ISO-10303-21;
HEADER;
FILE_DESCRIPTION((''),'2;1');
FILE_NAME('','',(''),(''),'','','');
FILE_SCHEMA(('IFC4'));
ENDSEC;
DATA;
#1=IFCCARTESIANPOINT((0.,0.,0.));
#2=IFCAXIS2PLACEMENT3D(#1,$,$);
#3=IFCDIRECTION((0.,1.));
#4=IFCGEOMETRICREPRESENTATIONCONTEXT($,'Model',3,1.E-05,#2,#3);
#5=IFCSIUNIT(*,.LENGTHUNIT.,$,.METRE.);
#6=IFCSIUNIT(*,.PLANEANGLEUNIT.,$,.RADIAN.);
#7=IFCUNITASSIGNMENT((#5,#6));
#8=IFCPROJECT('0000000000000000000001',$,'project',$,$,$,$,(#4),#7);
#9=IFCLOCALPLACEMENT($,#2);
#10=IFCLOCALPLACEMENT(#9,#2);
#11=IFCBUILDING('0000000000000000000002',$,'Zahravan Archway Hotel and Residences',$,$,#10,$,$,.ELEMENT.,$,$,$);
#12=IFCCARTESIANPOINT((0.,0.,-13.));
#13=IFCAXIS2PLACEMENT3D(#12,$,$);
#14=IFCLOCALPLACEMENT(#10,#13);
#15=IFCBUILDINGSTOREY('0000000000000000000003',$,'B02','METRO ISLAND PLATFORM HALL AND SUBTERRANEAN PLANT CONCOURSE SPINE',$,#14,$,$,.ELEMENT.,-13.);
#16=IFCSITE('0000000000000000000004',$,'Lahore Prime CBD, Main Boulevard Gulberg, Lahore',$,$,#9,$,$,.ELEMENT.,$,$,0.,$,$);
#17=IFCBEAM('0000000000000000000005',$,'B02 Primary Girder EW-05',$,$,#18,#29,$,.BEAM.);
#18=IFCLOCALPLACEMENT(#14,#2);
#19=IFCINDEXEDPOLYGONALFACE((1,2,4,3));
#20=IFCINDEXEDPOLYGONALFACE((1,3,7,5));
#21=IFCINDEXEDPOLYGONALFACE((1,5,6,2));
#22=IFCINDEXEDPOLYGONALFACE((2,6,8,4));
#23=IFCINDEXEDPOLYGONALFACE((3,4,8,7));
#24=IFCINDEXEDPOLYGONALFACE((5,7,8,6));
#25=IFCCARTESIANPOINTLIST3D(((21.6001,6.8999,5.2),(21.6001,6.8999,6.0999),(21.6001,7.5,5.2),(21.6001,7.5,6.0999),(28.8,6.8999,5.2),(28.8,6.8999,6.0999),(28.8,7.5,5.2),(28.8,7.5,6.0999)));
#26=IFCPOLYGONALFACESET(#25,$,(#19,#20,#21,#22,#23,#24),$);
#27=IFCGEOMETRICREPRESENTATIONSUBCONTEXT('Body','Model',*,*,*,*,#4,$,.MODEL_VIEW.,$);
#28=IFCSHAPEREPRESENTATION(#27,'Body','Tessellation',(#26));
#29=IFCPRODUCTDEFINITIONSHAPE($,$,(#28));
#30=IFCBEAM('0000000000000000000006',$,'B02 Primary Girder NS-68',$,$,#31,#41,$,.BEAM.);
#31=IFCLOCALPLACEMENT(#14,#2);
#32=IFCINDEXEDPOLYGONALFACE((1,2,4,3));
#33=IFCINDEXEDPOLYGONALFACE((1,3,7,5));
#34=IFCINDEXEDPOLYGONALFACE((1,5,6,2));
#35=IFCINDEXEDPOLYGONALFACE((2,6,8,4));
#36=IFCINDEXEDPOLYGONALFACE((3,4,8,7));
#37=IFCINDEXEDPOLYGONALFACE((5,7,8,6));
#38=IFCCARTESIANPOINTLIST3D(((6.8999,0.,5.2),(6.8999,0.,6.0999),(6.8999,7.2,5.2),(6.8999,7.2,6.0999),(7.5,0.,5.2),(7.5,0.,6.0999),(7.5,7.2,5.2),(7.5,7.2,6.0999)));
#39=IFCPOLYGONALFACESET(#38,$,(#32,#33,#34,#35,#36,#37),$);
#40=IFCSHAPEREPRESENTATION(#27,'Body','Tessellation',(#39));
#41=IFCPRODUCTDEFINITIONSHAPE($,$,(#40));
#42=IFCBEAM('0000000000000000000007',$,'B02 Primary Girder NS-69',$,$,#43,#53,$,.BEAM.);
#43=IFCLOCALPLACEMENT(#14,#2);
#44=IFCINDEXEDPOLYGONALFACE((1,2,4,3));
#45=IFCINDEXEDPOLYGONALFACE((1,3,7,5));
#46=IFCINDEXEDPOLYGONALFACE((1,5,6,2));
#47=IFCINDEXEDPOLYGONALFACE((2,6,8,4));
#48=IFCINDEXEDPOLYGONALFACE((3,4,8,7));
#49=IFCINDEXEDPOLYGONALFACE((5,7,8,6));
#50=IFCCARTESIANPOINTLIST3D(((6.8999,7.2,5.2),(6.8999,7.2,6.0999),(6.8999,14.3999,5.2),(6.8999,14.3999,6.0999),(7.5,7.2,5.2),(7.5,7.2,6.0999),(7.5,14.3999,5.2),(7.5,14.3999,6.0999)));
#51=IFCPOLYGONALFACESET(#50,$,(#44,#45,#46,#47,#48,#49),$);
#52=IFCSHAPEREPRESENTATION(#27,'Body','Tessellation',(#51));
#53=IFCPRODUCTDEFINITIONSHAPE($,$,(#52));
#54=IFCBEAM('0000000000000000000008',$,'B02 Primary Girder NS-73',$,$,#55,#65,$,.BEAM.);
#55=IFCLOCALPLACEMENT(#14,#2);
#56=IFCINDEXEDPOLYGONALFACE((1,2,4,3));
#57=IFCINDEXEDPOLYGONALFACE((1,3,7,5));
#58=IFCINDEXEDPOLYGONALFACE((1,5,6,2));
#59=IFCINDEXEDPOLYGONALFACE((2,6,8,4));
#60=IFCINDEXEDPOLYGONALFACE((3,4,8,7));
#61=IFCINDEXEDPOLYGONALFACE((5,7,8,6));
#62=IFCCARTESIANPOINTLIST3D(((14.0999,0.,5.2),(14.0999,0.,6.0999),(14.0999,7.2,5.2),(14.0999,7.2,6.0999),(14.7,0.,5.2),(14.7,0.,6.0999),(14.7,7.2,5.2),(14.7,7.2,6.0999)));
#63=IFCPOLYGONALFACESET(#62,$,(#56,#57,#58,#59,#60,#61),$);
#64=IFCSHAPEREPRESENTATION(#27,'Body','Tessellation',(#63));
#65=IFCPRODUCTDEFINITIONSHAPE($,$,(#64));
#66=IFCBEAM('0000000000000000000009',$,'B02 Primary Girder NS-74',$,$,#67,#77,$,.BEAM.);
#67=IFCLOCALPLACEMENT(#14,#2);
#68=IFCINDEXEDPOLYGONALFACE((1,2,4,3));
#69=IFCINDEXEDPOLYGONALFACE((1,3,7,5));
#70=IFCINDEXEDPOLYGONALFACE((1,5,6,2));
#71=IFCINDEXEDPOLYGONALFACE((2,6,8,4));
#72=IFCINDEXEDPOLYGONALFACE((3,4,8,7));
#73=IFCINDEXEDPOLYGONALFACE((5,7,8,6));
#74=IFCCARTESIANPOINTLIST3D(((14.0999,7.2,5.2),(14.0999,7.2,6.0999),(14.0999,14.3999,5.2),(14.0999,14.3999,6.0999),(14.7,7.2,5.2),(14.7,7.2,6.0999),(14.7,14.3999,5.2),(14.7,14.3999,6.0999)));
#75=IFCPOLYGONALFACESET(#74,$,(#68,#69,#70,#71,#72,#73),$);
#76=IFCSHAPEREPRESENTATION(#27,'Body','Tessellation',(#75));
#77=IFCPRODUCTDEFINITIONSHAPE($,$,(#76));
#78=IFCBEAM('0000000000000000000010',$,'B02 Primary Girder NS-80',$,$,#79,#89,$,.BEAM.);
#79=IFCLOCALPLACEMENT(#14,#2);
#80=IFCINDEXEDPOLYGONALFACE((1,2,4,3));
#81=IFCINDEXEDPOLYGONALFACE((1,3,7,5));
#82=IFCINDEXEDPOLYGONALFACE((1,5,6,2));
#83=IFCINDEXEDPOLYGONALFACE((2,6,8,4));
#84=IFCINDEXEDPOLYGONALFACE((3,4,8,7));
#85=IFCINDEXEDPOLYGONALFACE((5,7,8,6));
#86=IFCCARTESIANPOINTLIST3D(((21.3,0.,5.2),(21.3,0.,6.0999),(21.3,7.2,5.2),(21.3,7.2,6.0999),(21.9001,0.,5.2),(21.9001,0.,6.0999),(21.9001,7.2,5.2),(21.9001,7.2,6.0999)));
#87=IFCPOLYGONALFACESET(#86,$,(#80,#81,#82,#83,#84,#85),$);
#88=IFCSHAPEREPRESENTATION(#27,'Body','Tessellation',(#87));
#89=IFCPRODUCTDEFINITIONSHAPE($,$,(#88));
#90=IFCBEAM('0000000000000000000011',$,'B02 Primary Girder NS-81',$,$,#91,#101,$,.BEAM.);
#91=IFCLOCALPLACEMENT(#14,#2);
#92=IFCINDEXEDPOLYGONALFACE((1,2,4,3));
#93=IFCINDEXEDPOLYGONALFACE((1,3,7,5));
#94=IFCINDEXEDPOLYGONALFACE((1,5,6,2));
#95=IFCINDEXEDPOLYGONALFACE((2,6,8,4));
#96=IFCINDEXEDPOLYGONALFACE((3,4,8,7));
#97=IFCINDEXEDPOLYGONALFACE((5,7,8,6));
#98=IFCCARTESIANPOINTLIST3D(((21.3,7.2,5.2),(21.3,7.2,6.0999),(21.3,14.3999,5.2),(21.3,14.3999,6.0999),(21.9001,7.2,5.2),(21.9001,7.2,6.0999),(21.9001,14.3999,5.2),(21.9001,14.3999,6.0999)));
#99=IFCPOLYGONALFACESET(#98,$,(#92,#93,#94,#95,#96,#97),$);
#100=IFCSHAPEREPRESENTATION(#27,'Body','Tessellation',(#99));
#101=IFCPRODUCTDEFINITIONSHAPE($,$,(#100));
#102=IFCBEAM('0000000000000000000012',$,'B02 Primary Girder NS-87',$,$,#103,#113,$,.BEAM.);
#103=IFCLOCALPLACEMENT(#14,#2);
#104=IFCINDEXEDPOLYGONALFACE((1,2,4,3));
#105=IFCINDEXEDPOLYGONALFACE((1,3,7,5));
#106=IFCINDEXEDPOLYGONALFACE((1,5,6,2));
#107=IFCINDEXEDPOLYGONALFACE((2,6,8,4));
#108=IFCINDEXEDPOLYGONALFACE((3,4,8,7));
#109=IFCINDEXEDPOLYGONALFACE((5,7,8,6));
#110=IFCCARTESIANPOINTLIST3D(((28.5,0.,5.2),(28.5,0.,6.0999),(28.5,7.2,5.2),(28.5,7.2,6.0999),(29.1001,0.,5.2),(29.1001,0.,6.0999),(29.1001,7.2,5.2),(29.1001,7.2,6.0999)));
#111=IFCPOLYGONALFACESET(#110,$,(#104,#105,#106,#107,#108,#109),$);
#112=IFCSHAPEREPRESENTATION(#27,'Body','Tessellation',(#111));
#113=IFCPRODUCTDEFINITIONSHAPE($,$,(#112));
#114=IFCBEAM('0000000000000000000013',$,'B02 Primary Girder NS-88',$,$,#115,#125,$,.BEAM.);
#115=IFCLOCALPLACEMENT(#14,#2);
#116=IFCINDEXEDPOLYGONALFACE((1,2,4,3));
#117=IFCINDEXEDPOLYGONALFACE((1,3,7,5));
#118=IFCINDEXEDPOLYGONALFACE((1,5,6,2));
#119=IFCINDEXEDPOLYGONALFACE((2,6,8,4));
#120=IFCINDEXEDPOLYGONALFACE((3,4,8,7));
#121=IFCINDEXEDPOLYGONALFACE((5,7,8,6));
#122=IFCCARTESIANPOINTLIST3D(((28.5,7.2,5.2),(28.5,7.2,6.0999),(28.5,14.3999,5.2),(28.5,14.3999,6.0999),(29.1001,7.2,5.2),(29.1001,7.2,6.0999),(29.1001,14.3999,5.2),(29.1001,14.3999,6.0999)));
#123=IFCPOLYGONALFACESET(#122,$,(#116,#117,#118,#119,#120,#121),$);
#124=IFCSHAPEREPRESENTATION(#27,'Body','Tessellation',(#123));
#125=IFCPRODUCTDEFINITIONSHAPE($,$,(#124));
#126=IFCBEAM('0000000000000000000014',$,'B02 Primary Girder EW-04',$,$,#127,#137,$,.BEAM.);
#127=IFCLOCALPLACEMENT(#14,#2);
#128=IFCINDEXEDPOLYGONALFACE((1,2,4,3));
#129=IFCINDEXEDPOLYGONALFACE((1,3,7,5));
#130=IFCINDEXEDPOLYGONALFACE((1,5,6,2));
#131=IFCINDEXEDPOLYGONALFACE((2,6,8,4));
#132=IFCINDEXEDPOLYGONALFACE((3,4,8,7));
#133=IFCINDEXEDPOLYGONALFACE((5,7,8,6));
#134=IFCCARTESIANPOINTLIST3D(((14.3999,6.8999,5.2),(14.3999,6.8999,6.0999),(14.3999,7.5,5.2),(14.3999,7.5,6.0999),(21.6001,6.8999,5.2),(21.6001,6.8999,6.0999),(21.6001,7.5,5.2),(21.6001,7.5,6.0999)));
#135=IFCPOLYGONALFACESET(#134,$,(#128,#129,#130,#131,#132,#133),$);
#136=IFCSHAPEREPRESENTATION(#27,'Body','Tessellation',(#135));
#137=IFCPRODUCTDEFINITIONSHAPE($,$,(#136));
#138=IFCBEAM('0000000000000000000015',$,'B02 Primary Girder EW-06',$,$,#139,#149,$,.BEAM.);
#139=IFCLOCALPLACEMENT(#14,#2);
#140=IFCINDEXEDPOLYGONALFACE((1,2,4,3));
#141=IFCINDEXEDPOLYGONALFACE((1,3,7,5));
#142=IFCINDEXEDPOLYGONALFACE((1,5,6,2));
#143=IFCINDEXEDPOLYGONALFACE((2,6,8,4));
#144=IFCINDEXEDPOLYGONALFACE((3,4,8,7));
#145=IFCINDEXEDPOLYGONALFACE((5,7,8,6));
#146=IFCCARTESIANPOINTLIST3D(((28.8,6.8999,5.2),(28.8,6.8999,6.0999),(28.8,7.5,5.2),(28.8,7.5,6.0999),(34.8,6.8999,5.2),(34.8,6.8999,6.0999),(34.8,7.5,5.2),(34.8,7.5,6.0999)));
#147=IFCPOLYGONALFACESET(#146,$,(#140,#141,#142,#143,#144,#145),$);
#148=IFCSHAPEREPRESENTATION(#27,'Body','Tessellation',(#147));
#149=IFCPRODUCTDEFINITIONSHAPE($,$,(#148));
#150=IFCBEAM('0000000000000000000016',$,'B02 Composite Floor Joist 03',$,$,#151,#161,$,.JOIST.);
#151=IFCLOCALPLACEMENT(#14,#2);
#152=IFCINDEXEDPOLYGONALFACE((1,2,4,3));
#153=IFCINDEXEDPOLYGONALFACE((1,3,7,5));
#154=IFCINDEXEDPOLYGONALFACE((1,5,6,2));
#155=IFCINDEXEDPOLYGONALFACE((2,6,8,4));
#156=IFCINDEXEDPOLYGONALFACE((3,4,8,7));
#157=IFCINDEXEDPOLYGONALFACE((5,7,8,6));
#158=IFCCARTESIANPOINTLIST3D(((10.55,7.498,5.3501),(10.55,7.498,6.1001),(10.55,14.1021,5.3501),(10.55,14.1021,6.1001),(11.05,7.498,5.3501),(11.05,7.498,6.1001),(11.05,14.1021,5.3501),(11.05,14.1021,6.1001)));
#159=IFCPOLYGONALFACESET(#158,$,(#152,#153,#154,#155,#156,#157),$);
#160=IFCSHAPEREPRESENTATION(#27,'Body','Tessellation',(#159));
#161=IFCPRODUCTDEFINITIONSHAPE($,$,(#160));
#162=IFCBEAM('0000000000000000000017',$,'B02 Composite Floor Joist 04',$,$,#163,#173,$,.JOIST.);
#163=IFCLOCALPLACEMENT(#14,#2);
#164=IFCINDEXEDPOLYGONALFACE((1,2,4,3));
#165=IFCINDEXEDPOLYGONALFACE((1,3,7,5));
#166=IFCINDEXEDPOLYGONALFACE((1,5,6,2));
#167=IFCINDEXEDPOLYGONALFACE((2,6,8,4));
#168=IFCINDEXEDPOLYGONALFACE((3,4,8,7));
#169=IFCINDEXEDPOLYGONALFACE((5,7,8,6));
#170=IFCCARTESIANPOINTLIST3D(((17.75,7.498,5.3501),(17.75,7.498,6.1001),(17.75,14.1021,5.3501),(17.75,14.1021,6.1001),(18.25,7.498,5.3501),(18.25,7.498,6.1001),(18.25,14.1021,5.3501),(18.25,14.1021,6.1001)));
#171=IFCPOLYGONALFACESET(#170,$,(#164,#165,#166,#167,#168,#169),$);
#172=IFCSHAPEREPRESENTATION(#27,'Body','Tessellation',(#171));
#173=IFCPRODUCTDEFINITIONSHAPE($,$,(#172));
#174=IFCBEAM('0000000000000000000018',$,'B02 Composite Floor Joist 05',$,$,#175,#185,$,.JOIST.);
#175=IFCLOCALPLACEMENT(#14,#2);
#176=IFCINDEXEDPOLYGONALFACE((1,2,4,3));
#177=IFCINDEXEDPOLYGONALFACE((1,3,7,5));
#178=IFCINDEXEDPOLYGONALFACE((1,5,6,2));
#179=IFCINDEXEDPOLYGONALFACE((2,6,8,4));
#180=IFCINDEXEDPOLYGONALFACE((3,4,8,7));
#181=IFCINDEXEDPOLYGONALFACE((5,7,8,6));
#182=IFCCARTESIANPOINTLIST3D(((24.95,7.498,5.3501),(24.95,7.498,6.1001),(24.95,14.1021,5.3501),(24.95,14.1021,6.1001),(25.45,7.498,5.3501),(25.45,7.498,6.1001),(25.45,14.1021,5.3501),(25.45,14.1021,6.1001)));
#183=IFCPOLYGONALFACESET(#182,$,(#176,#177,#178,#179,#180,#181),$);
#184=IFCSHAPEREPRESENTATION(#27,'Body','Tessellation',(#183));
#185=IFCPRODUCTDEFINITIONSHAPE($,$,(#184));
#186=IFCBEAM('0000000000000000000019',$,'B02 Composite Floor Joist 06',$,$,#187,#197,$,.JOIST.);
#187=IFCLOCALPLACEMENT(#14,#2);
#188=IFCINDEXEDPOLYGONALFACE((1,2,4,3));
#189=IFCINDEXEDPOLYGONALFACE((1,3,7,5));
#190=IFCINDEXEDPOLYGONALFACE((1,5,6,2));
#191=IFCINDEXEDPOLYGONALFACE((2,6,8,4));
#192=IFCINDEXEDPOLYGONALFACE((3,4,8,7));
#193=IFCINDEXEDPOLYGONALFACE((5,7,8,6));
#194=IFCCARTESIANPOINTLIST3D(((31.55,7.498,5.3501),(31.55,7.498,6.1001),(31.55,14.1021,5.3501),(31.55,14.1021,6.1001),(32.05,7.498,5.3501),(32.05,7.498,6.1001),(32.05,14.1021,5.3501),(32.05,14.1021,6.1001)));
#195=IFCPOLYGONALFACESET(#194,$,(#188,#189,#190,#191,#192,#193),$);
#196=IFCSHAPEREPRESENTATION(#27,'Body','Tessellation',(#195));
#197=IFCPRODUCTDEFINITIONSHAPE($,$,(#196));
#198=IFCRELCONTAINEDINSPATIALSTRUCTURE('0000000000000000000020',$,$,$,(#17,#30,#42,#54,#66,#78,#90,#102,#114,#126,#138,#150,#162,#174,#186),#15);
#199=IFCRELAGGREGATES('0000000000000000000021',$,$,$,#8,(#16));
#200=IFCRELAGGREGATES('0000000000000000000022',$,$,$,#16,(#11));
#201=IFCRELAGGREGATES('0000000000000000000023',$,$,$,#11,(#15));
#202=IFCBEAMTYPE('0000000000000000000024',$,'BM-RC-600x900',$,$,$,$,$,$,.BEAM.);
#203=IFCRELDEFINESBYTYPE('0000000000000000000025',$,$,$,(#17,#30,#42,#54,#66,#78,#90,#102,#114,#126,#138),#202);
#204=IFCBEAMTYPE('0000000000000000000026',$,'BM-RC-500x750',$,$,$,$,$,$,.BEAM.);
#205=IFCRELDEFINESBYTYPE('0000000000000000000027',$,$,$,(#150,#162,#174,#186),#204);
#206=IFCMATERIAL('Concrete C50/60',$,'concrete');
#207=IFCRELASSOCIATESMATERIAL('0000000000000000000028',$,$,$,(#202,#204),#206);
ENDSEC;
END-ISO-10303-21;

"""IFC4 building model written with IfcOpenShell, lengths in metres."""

from ifc_helpers import new_model, si_unit, direction, frame, origin, origin_2d, place, context, subcontext, project, spatial, rectangle, extrude, source, transform, mapped, material, material_profile, profile_set, type_object, type_shapes, element, save


model = new_model("IFC4")

# Units and contexts
model_context = context("Model", 3, precision=1e-05, world=origin(), true_north=direction((0.0, 1.0)))
body_context = subcontext(model_context, "Body", "Model", "MODEL_VIEW")
ifc_project = project(units=[si_unit("LENGTHUNIT", "METRE"), si_unit("PLANEANGLEUNIT", "RADIAN")], contexts=[model_context])

# Site, building, storey
site_placement = place(None, origin())
site = spatial("IfcSite", under=ifc_project, at=site_placement, Name="Lahore Prime CBD, Main Boulevard Gulberg, Lahore", CompositionType="ELEMENT", RefElevation=0.0)
building_placement = place(site_placement, origin())
building = spatial("IfcBuilding", under=site, at=building_placement, Name="Zahravan Archway Hotel and Residences", CompositionType="ELEMENT")
storey_placement = place(building_placement, frame((0.0, 0.0, -13.0)))
storey = spatial("IfcBuildingStorey", under=building, at=storey_placement, Name="B02", Description="METRO ISLAND PLATFORM HALL AND SUBTERRANEAN PLANT CONCOURSE SPINE", CompositionType="ELEMENT", Elevation=-13.0)

# Shared definitions
ifc_material_1 = material(Name="Concrete C50/60", Category="concrete")

# Beams
ifc_material_profile_1 = material_profile(ifc_material_1, rectangle(XDim=0.6001, YDim=0.8999, at=origin_2d()), Name="RC-BM-600x900", Category="concrete")
ifc_profile_set_1 = profile_set([ifc_material_profile_1], Name="Concrete C50/60")
beam_type_1 = type_object("IfcBeamType", Name="BM-RC-600x900", PredefinedType="BEAM", material=ifc_profile_set_1)
shared_shape_1 = source(origin(), body_context, "Body", "SweptSolid", [
    extrude(rectangle(XDim=0.6001, YDim=0.8999, at=origin_2d()), origin(), (0.0, 0.0, 1.0), 7.2),
])
for number, where, z_axis, x_axis, name in (
    (1, (21.6001, 7.2, 5.6499), (1.0, 0.0, 0.0), (0.0, 1.0, 0.0), "B02 Primary Girder EW-05"),
    (2, (7.2, 0.0, 5.6499), (0.0, 1.0, 0.0), (-1.0, 0.0, 0.0), "B02 Primary Girder NS-68"),
    (3, (7.2, 7.2, 5.6499), (0.0, 1.0, 0.0), (-1.0, 0.0, 0.0), "B02 Primary Girder NS-69"),
    (4, (14.3999, 0.0, 5.6499), (0.0, 1.0, 0.0), (-1.0, 0.0, 0.0), "B02 Primary Girder NS-73"),
    (5, (14.3999, 7.2, 5.6499), (0.0, 1.0, 0.0), (-1.0, 0.0, 0.0), "B02 Primary Girder NS-74"),
    (6, (21.6001, 0.0, 5.6499), (0.0, 1.0, 0.0), (-1.0, 0.0, 0.0), "B02 Primary Girder NS-80"),
    (7, (21.6001, 7.2, 5.6499), (0.0, 1.0, 0.0), (-1.0, 0.0, 0.0), "B02 Primary Girder NS-81"),
    (8, (28.8, 0.0, 5.6499), (0.0, 1.0, 0.0), (-1.0, 0.0, 0.0), "B02 Primary Girder NS-87"),
    (9, (28.8, 7.2, 5.6499), (0.0, 1.0, 0.0), (-1.0, 0.0, 0.0), "B02 Primary Girder NS-88"),
):
    element("IfcBeam", number, at=place(storey_placement, frame(where, z_axis=z_axis, x_axis=x_axis)), inside=storey, type_object=beam_type_1, Name=name, PredefinedType="BEAM", context=body_context, shape_type="MappedRepresentation", body=[
        mapped(shared_shape_1, transform((0.0, 0.0, 0.0), scale=1.0)),
    ])
shared_shape_2 = source(origin(), body_context, "Body", "SweptSolid", [
    extrude(rectangle(XDim=0.6001, YDim=0.8999, at=origin_2d()), origin(), (0.0, 0.0, 1.0), 7.2002),
])
beam_1_placement = place(storey_placement, frame((14.3999, 7.2, 5.6499), z_axis=(1.0, 0.0, 0.0), x_axis=(0.0, 1.0, 0.0)))
element("IfcBeam", 10, at=beam_1_placement, inside=storey, type_object=beam_type_1, Name="B02 Primary Girder EW-04", PredefinedType="BEAM", context=body_context, shape_type="MappedRepresentation", body=[
    mapped(shared_shape_2, transform((0.0, 0.0, 0.0), scale=1.0)),
])
shared_shape_3 = source(origin(), body_context, "Body", "SweptSolid", [
    extrude(rectangle(XDim=0.6001, YDim=0.8999, at=origin_2d()), origin(), (0.0, 0.0, 1.0), 6.0),
])
beam_2_placement = place(storey_placement, frame((28.8, 7.2, 5.6499), z_axis=(1.0, 0.0, 0.0), x_axis=(0.0, 1.0, 0.0)))
element("IfcBeam", 11, at=beam_2_placement, inside=storey, type_object=beam_type_1, Name="B02 Primary Girder EW-06", PredefinedType="BEAM", context=body_context, shape_type="MappedRepresentation", body=[
    mapped(shared_shape_3, transform((0.0, 0.0, 0.0), scale=1.0)),
])
ifc_material_profile_2 = material_profile(ifc_material_1, rectangle(XDim=0.5, YDim=0.75, at=origin_2d()), Name="RC-BM-500x750", Category="concrete")
ifc_profile_set_2 = profile_set([ifc_material_profile_2], Name="Concrete C50/60")
beam_type_2 = type_object("IfcBeamType", Name="BM-RC-500x750", PredefinedType="BEAM", material=ifc_profile_set_2)
shared_shape_4 = source(origin(), body_context, "Body", "SweptSolid", [
    extrude(rectangle(XDim=0.5, YDim=0.75, at=origin_2d()), origin(), (0.0, 0.0, 1.0), 6.604),
])
type_shapes(beam_type_2, [shared_shape_4])
for number, where, z_axis, x_axis, name in (
    (12, (10.8, 7.498, 5.7251), (0.0, 1.0, 0.0), (-1.0, 0.0, 0.0), "B02 Composite Floor Joist 03"),
    (13, (18.0, 7.498, 5.7251), (0.0, 1.0, 0.0), (-1.0, 0.0, 0.0), "B02 Composite Floor Joist 04"),
    (14, (25.2, 7.498, 5.7251), (0.0, 1.0, 0.0), (-1.0, 0.0, 0.0), "B02 Composite Floor Joist 05"),
    (15, (31.8, 7.498, 5.7251), (0.0, 1.0, 0.0), (-1.0, 0.0, 0.0), "B02 Composite Floor Joist 06"),
):
    element("IfcBeam", number, at=place(storey_placement, frame(where, z_axis=z_axis, x_axis=x_axis)), inside=storey, type_object=beam_type_2, Name=name, PredefinedType="JOIST", context=body_context, shape_type="MappedRepresentation", body=[
        mapped(shared_shape_4, transform((0.0, 0.0, 0.0), scale=1.0)),
    ])

save(model, "model.ifc")
